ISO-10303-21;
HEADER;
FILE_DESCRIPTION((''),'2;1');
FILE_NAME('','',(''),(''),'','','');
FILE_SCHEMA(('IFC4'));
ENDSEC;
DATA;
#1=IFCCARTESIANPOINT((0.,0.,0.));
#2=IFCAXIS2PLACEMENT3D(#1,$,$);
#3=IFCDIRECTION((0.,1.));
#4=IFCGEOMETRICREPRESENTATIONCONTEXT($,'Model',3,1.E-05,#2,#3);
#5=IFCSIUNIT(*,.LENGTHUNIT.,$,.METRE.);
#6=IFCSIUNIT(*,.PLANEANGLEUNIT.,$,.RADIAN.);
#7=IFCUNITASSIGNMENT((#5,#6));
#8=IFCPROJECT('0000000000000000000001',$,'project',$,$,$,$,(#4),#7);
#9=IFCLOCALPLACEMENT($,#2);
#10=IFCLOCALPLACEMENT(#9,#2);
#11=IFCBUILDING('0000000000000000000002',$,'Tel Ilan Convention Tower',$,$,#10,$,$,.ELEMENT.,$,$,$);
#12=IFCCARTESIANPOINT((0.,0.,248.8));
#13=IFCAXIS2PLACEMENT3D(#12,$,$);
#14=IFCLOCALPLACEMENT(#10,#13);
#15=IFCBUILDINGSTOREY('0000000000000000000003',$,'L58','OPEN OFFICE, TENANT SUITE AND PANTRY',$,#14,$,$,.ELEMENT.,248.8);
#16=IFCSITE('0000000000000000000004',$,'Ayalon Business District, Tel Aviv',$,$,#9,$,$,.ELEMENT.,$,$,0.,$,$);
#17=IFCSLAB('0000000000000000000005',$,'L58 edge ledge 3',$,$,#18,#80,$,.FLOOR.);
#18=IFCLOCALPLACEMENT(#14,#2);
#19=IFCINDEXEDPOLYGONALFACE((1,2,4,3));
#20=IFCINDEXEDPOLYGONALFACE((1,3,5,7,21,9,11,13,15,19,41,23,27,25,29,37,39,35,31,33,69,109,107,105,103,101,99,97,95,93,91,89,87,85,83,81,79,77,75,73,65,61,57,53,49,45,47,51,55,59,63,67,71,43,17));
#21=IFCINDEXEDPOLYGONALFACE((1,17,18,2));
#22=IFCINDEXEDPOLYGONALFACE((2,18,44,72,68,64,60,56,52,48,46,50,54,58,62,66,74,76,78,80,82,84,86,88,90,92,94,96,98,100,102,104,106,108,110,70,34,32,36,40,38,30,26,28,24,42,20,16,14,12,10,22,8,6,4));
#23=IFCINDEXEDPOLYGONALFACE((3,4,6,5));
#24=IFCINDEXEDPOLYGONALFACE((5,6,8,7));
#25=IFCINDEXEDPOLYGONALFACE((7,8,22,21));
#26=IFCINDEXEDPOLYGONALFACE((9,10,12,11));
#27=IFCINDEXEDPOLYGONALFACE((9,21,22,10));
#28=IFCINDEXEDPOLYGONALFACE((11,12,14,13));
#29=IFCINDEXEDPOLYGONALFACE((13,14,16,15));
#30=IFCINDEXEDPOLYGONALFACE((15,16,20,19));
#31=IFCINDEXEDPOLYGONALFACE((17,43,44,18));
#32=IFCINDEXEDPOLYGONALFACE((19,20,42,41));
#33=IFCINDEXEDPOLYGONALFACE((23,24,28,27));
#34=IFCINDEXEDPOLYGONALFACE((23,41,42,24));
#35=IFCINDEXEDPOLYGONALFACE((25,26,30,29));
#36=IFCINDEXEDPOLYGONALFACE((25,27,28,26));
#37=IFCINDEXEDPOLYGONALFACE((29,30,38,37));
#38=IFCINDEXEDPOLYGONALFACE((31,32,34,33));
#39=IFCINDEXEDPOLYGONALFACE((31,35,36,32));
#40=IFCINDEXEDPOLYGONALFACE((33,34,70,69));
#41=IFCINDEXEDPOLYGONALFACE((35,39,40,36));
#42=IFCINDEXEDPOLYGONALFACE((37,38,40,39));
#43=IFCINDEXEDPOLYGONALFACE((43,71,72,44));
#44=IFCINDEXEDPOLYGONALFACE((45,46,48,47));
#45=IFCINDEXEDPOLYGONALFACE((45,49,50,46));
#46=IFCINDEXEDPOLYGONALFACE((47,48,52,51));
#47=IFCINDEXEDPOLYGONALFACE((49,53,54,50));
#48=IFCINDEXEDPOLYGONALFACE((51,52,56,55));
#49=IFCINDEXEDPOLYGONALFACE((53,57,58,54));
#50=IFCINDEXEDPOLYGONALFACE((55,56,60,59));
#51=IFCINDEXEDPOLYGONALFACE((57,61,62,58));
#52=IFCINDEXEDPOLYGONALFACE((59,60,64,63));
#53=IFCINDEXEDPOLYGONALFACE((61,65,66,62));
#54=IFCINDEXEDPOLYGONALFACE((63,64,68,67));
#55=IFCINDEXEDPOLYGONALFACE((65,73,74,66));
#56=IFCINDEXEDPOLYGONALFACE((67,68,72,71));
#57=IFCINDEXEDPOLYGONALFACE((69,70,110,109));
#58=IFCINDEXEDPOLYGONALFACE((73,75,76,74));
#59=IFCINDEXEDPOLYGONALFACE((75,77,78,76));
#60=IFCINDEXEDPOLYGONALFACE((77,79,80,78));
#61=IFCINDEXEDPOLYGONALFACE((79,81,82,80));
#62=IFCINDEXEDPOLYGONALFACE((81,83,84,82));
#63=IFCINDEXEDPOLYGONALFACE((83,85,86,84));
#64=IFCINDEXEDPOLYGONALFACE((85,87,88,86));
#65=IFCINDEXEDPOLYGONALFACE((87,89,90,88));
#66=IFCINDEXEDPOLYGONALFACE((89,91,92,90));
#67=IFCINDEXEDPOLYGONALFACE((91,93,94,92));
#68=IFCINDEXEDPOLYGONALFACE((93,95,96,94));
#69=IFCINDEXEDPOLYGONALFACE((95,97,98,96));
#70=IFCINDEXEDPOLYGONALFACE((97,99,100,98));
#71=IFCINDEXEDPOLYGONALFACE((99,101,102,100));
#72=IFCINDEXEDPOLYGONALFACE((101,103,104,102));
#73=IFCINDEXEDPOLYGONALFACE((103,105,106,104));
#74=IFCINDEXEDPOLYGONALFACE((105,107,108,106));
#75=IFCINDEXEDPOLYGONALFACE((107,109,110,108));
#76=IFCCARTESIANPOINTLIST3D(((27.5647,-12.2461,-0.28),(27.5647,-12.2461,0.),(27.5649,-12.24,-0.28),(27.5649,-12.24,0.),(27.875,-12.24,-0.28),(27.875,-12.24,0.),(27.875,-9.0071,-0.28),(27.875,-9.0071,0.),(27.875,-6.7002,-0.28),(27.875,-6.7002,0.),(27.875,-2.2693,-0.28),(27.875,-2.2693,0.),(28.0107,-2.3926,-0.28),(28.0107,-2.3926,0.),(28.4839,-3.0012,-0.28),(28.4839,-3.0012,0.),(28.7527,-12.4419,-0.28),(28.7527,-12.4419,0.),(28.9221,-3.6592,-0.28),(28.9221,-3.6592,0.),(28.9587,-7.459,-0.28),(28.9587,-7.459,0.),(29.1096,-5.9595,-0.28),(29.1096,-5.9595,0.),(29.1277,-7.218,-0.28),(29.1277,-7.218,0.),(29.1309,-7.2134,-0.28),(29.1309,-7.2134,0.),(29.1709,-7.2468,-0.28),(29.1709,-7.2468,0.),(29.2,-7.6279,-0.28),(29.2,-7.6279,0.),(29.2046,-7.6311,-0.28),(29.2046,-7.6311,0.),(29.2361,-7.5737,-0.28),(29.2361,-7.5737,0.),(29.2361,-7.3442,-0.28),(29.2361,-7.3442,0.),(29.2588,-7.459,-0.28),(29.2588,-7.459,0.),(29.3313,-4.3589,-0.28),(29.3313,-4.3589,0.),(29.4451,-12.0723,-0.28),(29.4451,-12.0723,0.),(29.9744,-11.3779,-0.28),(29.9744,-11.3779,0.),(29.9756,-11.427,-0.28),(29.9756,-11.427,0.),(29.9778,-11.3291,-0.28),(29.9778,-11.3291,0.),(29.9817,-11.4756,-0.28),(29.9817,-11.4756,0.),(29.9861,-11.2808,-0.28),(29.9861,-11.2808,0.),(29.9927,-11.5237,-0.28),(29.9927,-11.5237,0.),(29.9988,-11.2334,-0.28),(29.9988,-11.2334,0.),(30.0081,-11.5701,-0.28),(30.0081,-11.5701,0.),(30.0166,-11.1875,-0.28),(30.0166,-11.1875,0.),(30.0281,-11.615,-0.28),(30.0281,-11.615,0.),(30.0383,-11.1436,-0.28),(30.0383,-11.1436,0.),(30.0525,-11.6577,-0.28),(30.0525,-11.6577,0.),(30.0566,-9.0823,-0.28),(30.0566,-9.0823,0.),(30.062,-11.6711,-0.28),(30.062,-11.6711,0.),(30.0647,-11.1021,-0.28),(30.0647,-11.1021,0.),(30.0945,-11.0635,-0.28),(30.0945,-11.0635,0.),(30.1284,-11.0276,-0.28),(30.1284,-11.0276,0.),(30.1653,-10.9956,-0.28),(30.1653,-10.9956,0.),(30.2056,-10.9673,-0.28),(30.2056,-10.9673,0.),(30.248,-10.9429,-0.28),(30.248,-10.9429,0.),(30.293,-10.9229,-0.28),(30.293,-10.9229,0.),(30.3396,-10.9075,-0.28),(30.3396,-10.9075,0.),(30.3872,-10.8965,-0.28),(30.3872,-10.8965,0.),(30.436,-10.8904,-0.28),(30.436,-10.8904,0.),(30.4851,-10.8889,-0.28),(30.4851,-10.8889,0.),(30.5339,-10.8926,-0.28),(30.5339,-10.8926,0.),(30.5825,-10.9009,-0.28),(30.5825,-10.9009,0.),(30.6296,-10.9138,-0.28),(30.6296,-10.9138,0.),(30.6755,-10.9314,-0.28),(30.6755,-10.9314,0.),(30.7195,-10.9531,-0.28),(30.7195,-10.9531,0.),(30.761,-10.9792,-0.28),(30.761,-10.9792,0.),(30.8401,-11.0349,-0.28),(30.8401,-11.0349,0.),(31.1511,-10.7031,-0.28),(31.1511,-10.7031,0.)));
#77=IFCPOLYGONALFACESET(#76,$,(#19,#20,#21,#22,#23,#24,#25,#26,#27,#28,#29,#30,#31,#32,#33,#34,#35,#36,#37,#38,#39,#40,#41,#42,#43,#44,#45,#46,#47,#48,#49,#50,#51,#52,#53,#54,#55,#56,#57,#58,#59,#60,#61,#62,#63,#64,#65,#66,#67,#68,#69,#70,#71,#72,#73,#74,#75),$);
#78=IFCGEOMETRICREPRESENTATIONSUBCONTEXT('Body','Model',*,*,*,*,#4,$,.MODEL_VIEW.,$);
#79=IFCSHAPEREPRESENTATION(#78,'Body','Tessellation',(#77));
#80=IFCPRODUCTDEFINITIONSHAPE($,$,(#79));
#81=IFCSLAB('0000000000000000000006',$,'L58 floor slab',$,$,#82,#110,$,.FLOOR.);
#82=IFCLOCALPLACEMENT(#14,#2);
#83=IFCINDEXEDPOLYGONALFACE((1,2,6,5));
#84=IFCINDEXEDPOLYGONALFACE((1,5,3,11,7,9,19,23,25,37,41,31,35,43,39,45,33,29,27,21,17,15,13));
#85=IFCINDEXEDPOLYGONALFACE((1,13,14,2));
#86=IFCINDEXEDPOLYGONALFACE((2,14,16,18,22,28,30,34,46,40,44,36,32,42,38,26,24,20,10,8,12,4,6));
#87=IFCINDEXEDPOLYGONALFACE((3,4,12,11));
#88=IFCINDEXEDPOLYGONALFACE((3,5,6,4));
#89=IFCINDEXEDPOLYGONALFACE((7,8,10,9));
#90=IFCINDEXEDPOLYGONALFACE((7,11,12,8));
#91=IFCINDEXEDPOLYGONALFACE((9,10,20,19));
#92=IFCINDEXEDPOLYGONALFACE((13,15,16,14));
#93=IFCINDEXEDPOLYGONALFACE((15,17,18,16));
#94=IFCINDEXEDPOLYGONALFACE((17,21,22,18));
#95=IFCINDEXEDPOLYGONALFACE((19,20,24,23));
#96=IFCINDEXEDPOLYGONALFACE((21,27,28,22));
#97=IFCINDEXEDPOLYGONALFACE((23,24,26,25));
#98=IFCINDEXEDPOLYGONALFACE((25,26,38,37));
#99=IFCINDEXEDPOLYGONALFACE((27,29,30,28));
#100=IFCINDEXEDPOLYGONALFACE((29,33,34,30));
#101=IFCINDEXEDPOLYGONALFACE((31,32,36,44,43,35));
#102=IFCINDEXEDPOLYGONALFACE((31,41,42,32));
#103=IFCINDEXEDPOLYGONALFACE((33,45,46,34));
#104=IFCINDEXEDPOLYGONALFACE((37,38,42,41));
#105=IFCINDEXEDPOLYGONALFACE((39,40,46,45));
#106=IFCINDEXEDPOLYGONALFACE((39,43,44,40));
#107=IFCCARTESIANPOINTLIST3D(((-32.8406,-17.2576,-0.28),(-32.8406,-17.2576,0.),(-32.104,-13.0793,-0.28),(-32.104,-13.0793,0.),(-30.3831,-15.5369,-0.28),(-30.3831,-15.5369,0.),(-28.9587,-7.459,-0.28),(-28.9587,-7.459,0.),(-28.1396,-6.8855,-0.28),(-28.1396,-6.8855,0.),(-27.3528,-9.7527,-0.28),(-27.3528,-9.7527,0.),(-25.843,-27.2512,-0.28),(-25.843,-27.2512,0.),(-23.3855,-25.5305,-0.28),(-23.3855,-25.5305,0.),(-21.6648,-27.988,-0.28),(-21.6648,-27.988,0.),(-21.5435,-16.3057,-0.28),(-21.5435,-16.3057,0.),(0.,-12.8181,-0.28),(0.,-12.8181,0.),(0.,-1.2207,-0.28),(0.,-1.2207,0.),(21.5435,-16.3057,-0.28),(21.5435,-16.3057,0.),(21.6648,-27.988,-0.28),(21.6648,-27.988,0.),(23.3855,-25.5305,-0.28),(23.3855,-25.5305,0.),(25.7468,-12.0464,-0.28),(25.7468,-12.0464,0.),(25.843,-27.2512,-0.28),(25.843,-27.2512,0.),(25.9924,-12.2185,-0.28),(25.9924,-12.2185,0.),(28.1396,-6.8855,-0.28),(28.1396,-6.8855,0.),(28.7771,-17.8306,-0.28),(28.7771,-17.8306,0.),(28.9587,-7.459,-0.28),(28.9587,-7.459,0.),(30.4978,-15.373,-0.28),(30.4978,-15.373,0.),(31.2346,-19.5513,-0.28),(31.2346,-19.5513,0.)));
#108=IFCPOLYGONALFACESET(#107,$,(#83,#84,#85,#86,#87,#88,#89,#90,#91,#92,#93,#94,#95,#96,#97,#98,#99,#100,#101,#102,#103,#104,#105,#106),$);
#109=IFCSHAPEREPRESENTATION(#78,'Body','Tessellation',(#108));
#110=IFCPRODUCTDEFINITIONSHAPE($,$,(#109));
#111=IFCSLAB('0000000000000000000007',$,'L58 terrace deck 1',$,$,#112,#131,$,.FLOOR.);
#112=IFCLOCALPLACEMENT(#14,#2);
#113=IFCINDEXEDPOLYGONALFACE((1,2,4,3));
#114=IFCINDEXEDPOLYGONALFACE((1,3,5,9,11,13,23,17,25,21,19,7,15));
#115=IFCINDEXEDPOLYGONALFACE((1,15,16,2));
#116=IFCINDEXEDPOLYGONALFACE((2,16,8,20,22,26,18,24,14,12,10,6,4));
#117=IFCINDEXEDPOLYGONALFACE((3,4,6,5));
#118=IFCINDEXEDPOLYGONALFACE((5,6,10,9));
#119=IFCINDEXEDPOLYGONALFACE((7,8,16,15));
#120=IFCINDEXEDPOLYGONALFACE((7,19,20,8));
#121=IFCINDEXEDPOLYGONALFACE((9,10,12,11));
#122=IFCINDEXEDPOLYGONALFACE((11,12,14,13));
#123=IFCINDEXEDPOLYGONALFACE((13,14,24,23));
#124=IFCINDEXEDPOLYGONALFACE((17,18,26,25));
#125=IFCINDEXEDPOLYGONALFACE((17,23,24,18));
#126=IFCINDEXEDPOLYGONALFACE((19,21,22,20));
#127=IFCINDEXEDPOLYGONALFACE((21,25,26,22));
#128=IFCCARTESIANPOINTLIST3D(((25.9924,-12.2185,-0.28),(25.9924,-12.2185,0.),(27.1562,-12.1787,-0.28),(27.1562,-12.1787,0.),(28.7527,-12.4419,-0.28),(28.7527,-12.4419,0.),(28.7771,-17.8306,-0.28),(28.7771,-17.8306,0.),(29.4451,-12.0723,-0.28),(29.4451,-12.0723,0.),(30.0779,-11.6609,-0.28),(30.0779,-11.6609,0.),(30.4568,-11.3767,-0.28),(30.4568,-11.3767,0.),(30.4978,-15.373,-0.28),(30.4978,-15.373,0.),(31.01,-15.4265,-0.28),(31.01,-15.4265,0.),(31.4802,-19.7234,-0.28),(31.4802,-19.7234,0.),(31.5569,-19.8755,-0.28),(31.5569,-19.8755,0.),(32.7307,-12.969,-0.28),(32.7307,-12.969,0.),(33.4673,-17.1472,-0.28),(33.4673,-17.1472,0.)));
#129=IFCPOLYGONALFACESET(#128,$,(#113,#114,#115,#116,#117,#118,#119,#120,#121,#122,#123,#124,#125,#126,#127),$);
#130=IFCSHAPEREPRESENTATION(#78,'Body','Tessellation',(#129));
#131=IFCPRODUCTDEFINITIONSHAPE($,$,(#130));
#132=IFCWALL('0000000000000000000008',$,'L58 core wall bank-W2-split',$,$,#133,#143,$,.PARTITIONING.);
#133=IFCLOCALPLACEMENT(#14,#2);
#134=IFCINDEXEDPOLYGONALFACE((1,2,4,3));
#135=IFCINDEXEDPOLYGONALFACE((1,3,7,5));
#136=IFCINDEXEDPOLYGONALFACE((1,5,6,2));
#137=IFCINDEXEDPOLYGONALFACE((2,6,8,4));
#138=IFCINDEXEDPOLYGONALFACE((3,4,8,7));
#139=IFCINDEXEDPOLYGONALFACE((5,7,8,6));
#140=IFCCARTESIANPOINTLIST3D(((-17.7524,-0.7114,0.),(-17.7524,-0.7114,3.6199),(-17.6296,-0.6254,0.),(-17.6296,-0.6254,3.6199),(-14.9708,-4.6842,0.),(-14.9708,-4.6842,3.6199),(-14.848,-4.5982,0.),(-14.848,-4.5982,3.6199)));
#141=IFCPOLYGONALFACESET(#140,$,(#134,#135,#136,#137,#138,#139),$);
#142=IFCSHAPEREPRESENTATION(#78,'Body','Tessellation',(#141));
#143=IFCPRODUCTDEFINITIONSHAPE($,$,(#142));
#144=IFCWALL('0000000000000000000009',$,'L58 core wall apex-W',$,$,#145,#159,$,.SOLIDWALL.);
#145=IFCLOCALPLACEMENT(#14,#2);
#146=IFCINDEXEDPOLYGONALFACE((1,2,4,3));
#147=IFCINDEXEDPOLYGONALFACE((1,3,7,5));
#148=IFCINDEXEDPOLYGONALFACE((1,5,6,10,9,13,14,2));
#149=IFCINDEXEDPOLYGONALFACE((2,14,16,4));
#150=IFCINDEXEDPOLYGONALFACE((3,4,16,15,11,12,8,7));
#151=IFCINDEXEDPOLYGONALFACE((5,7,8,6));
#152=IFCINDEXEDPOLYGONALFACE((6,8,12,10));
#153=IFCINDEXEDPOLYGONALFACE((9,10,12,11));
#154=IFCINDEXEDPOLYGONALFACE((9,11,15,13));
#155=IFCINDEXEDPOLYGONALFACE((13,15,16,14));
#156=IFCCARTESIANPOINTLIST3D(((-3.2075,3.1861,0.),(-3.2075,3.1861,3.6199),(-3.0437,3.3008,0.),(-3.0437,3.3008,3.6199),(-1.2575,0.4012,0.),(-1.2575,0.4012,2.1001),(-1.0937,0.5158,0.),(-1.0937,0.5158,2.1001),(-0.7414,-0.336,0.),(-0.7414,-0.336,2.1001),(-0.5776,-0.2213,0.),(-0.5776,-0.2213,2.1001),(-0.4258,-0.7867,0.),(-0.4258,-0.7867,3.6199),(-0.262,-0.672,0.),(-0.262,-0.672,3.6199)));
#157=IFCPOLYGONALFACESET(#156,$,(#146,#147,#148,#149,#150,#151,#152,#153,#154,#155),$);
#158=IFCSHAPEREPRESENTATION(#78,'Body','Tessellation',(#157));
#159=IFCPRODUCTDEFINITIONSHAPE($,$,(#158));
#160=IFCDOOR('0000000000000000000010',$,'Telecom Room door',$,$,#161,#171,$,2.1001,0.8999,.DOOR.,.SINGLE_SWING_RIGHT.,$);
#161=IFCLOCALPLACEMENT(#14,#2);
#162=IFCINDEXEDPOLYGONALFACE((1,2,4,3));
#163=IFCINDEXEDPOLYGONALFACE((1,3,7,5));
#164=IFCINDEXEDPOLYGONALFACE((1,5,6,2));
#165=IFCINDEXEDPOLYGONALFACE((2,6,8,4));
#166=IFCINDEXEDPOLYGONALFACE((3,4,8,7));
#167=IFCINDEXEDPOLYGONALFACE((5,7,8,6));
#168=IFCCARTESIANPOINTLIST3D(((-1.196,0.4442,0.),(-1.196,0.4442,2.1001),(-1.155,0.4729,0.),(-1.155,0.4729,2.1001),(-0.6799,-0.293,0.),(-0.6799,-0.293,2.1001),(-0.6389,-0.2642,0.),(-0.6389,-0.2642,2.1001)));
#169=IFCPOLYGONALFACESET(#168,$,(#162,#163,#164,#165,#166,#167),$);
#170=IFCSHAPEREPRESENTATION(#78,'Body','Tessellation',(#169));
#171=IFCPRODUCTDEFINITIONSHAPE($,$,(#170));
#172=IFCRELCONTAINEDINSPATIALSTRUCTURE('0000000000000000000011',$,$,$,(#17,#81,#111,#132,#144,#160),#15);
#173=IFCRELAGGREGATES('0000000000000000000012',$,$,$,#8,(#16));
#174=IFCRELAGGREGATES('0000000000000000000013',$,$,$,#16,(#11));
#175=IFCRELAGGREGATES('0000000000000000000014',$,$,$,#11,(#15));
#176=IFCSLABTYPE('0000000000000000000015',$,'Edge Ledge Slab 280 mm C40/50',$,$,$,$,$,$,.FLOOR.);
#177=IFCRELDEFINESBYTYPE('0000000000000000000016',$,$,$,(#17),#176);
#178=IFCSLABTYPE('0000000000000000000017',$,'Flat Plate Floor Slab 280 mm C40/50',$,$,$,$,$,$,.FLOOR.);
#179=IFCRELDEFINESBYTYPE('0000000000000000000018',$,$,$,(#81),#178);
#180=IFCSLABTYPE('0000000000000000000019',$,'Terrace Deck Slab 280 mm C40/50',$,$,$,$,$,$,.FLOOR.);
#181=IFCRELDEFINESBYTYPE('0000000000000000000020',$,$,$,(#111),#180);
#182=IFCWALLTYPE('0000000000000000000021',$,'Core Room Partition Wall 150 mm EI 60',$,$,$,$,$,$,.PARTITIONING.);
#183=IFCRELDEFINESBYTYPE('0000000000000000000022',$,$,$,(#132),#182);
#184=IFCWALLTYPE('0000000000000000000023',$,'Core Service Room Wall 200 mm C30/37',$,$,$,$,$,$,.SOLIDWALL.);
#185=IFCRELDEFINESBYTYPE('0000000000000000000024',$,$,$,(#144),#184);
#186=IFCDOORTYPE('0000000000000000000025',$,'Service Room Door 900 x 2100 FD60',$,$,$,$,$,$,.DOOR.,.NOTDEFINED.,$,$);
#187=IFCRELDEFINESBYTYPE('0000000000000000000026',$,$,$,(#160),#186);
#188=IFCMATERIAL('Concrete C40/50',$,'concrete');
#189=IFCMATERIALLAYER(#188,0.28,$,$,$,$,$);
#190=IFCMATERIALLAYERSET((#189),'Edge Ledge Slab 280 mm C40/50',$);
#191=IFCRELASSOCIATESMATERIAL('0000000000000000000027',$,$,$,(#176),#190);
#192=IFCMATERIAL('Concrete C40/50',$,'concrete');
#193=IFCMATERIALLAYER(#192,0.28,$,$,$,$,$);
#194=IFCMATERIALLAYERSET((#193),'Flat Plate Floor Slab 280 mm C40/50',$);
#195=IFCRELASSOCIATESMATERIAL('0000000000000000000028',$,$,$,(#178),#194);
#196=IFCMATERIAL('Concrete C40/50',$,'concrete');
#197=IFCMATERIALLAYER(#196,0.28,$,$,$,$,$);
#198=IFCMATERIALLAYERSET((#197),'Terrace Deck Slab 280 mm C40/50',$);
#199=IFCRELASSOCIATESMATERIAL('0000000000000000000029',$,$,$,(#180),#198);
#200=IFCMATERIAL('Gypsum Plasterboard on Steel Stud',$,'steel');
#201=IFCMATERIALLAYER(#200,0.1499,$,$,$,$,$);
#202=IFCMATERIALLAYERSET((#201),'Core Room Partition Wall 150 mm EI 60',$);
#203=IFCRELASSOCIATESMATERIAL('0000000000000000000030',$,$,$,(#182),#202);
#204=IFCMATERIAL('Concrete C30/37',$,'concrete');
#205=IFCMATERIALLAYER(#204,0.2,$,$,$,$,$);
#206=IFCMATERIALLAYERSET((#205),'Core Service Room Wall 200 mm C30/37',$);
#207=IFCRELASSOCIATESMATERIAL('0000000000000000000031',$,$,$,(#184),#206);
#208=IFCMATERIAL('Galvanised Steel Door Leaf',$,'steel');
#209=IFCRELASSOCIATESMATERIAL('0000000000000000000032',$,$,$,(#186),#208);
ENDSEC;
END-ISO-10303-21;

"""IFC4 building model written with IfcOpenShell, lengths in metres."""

from ifc_helpers import new_model, si_unit, direction, frame, frame_2d, origin, place, context, subcontext, project, spatial, polyline, rectangle, outline, extrude, material, layer, layer_set, type_object, element, fill, save


model = new_model("IFC4")

# Units and contexts
model_context = context("Model", 3, precision=1e-05, world=origin(), true_north=direction((0.0, 1.0)))
body_context = subcontext(model_context, "Body", "Model", "MODEL_VIEW")
ifc_project = project(units=[si_unit("LENGTHUNIT", "METRE"), si_unit("PLANEANGLEUNIT", "RADIAN")], contexts=[model_context])

# Site, building, storey
site_placement = place(None, origin())
site = spatial("IfcSite", under=ifc_project, at=site_placement, Name="Ayalon Business District, Tel Aviv", CompositionType="ELEMENT", RefElevation=0.0)
building_placement = place(site_placement, origin())
building = spatial("IfcBuilding", under=site, at=building_placement, Name="Tel Ilan Convention Tower", CompositionType="ELEMENT")
storey_placement = place(building_placement, frame((0.0, 0.0, 248.8)))
storey = spatial("IfcBuildingStorey", under=building, at=storey_placement, Name="L58", Description="OPEN OFFICE, TENANT SUITE AND PANTRY", CompositionType="ELEMENT", Elevation=248.8)

# Slabs
ifc_material_1 = material(Name="Concrete C40/50", Category="concrete")
ifc_layer_1 = layer(ifc_material_1, 0.28)
ifc_layer_set_1 = layer_set([ifc_layer_1], Name="Edge Ledge Slab 280 mm C40/50")
slab_type_1 = type_object("IfcSlabType", Name="Edge Ledge Slab 280 mm C40/50", PredefinedType="FLOOR", material=ifc_layer_set_1)
slab_1_placement = place(storey_placement, frame((0.0, 0.0, -0.28)))
element("IfcSlab", 1, at=slab_1_placement, inside=storey, type_object=slab_type_1, Name="L58 edge ledge 3", PredefinedType="FLOOR", context=body_context, shape_type="SweptSolid", body=[
    extrude(outline(polyline([(29.1277, -7.218), (29.1709, -7.2468), (29.2361, -7.3442), (29.2588, -7.459), (29.2361, -7.5737), (29.2, -7.6279), (29.2046, -7.6311), (30.0566, -9.0823), (31.1511, -10.7031), (30.8401, -11.0349), (30.761, -10.9792), (30.7195, -10.9531), (30.6755, -10.9314), (30.6296, -10.9138), (30.5825, -10.9009), (30.5339, -10.8926), (30.4851, -10.8889), (30.436, -10.8904), (30.3872, -10.8965), (30.3396, -10.9075), (30.293, -10.9229), (30.248, -10.9429), (30.2056, -10.9673), (30.1653, -10.9956), (30.1284, -11.0276), (30.0945, -11.0635), (30.0647, -11.1021), (30.0383, -11.1436), (30.0166, -11.1875), (29.9988, -11.2334), (29.9861, -11.2808), (29.9778, -11.3291), (29.9744, -11.3779), (29.9756, -11.427), (29.9817, -11.4756), (29.9927, -11.5237), (30.0081, -11.5701), (30.0281, -11.615), (30.0525, -11.6577), (30.062, -11.6711), (29.4451, -12.0723), (28.7527, -12.4419), (27.5647, -12.2461), (27.5649, -12.24), (27.875, -12.24), (27.875, -9.0071), (28.9587, -7.459), (27.875, -6.7002), (27.875, -2.2693), (28.0107, -2.3926), (28.4839, -3.0012), (28.9221, -3.6592), (29.3313, -4.3589), (29.1096, -5.9595), (29.1309, -7.2134), (29.1277, -7.218)])), origin(), (0.0, 0.0, 1.0), 0.28),
])
ifc_material_2 = material(Name="Concrete C40/50", Category="concrete")
ifc_layer_2 = layer(ifc_material_2, 0.28)
ifc_layer_set_2 = layer_set([ifc_layer_2], Name="Flat Plate Floor Slab 280 mm C40/50")
slab_type_2 = type_object("IfcSlabType", Name="Flat Plate Floor Slab 280 mm C40/50", PredefinedType="FLOOR", material=ifc_layer_set_2)
slab_2_placement = place(storey_placement, frame((0.0, 0.0, -0.28)))
element("IfcSlab", 2, at=slab_2_placement, inside=storey, type_object=slab_type_2, Name="L58 floor slab", PredefinedType="FLOOR", context=body_context, shape_type="SweptSolid", body=[
    extrude(outline(polyline([(30.4978, -15.373), (28.7771, -17.8306), (31.2346, -19.5513), (25.843, -27.2512), (23.3855, -25.5305), (21.6648, -27.988), (0.0, -12.8181), (-21.6648, -27.988), (-23.3855, -25.5305), (-25.843, -27.2512), (-32.8406, -17.2576), (-30.3831, -15.5369), (-32.104, -13.0793), (-27.3528, -9.7527), (-28.9587, -7.459), (-28.1396, -6.8855), (-21.5435, -16.3057), (0.0, -1.2207), (21.5435, -16.3057), (28.1396, -6.8855), (28.9587, -7.459), (25.7468, -12.0464), (25.9924, -12.2185), (30.4978, -15.373)])), origin(), (0.0, 0.0, 1.0), 0.28),
])
ifc_material_3 = material(Name="Concrete C40/50", Category="concrete")
ifc_layer_3 = layer(ifc_material_3, 0.28)
ifc_layer_set_3 = layer_set([ifc_layer_3], Name="Terrace Deck Slab 280 mm C40/50")
slab_type_3 = type_object("IfcSlabType", Name="Terrace Deck Slab 280 mm C40/50", PredefinedType="FLOOR", material=ifc_layer_set_3)
slab_3_placement = place(storey_placement, frame((0.0, 0.0, -0.28)))
element("IfcSlab", 3, at=slab_3_placement, inside=storey, type_object=slab_type_3, Name="L58 terrace deck 1", PredefinedType="FLOOR", context=body_context, shape_type="SweptSolid", body=[
    extrude(outline(polyline([(32.7307, -12.969), (31.01, -15.4265), (33.4673, -17.1472), (31.5569, -19.8755), (31.4802, -19.7234), (28.7771, -17.8306), (30.4978, -15.373), (25.9924, -12.2185), (27.1562, -12.1787), (28.7527, -12.4419), (29.4451, -12.0723), (30.0779, -11.6609), (30.4568, -11.3767), (32.7307, -12.969)])), origin(), (0.0, 0.0, 1.0), 0.28),
])

# Wall
ifc_material_4 = material(Name="Gypsum Plasterboard on Steel Stud", Category="steel")
ifc_layer_4 = layer(ifc_material_4, 0.1499)
ifc_layer_set_4 = layer_set([ifc_layer_4], Name="Core Room Partition Wall 150 mm EI 60")
wall_type_1 = type_object("IfcWallType", Name="Core Room Partition Wall 150 mm EI 60", PredefinedType="PARTITIONING", material=ifc_layer_set_4)
wall_1_placement = place(storey_placement, frame((-14.9094, -4.6411, 0.0), z_axis=(0.0, 0.0, 1.0), x_axis=(-0.57356, 0.819163, 0.0)))
element("IfcWall", 4, at=wall_1_placement, inside=storey, type_object=wall_type_1, Name="L58 core wall bank-W2-split", PredefinedType="PARTITIONING", context=body_context, shape_type="SweptSolid", body=[
    extrude(rectangle(XDim=4.8499, YDim=0.1499, at=frame_2d((2.4248, 0.0))), origin(), (0.0, 0.0, 1.0), 3.6199),
])

# Wall, opening, door
ifc_material_5 = material(Name="Concrete C30/37", Category="concrete")
ifc_layer_5 = layer(ifc_material_5, 0.2)
ifc_layer_set_5 = layer_set([ifc_layer_5], Name="Core Service Room Wall 200 mm C30/37")
wall_type_2 = type_object("IfcWallType", Name="Core Service Room Wall 200 mm C30/37", PredefinedType="SOLIDWALL", material=ifc_layer_set_5)
wall_2_placement = place(storey_placement, frame((-0.344, -0.7292, 0.0), z_axis=(0.0, 0.0, 1.0), x_axis=(-0.57356, 0.819163, 0.0)))
wall_2 = element("IfcWall", 5, at=wall_2_placement, inside=storey, type_object=wall_type_2, Name="L58 core wall apex-W", PredefinedType="SOLIDWALL", context=body_context, shape_type="SweptSolid", body=[
    extrude(rectangle(XDim=4.8499, YDim=0.2, at=frame_2d((2.4248, 0.0))), origin(), (0.0, 0.0, 1.0), 3.6199),
])
opening_1_placement = place(wall_2_placement, frame((0.55, 0.0, 0.0)))
opening_1 = element("IfcOpeningElement", 6, at=opening_1_placement, cuts=wall_2, PredefinedType="OPENING", context=body_context, shape_type="SweptSolid", body=[
    extrude(rectangle(XDim=0.8999, YDim=2.1001, at=frame_2d((0.45, 1.05))), frame((0.0, 0.1099, 0.0), z_axis=(0.0, -1.0, 0.0), x_axis=(1.0, 0.0, 0.0)), (0.0, 0.0, 1.0), 0.22),
])
ifc_material_6 = material(Name="Galvanised Steel Door Leaf", Category="steel")
door_type_1 = type_object("IfcDoorType", Name="Service Room Door 900 x 2100 FD60", OperationType="NOTDEFINED", PredefinedType="DOOR", material=ifc_material_6)
door_1_placement = place(opening_1_placement, origin())
door_1 = element("IfcDoor", 7, at=door_1_placement, inside=storey, type_object=door_type_1, Name="Telecom Room door", OperationType="SINGLE_SWING_RIGHT", OverallHeight=2.1001, OverallWidth=0.8999, PredefinedType="DOOR", context=body_context, shape_type="SweptSolid", body=[
    extrude(rectangle(XDim=0.8999, YDim=2.1001, at=frame_2d((0.45, 1.05))), frame((0.0, 0.0249, 0.0), z_axis=(0.0, -1.0, 0.0), x_axis=(1.0, 0.0, 0.0)), (0.0, 0.0, 1.0), 0.05),
])
fill(opening_1, door_1)

save(model, "model.ifc")
